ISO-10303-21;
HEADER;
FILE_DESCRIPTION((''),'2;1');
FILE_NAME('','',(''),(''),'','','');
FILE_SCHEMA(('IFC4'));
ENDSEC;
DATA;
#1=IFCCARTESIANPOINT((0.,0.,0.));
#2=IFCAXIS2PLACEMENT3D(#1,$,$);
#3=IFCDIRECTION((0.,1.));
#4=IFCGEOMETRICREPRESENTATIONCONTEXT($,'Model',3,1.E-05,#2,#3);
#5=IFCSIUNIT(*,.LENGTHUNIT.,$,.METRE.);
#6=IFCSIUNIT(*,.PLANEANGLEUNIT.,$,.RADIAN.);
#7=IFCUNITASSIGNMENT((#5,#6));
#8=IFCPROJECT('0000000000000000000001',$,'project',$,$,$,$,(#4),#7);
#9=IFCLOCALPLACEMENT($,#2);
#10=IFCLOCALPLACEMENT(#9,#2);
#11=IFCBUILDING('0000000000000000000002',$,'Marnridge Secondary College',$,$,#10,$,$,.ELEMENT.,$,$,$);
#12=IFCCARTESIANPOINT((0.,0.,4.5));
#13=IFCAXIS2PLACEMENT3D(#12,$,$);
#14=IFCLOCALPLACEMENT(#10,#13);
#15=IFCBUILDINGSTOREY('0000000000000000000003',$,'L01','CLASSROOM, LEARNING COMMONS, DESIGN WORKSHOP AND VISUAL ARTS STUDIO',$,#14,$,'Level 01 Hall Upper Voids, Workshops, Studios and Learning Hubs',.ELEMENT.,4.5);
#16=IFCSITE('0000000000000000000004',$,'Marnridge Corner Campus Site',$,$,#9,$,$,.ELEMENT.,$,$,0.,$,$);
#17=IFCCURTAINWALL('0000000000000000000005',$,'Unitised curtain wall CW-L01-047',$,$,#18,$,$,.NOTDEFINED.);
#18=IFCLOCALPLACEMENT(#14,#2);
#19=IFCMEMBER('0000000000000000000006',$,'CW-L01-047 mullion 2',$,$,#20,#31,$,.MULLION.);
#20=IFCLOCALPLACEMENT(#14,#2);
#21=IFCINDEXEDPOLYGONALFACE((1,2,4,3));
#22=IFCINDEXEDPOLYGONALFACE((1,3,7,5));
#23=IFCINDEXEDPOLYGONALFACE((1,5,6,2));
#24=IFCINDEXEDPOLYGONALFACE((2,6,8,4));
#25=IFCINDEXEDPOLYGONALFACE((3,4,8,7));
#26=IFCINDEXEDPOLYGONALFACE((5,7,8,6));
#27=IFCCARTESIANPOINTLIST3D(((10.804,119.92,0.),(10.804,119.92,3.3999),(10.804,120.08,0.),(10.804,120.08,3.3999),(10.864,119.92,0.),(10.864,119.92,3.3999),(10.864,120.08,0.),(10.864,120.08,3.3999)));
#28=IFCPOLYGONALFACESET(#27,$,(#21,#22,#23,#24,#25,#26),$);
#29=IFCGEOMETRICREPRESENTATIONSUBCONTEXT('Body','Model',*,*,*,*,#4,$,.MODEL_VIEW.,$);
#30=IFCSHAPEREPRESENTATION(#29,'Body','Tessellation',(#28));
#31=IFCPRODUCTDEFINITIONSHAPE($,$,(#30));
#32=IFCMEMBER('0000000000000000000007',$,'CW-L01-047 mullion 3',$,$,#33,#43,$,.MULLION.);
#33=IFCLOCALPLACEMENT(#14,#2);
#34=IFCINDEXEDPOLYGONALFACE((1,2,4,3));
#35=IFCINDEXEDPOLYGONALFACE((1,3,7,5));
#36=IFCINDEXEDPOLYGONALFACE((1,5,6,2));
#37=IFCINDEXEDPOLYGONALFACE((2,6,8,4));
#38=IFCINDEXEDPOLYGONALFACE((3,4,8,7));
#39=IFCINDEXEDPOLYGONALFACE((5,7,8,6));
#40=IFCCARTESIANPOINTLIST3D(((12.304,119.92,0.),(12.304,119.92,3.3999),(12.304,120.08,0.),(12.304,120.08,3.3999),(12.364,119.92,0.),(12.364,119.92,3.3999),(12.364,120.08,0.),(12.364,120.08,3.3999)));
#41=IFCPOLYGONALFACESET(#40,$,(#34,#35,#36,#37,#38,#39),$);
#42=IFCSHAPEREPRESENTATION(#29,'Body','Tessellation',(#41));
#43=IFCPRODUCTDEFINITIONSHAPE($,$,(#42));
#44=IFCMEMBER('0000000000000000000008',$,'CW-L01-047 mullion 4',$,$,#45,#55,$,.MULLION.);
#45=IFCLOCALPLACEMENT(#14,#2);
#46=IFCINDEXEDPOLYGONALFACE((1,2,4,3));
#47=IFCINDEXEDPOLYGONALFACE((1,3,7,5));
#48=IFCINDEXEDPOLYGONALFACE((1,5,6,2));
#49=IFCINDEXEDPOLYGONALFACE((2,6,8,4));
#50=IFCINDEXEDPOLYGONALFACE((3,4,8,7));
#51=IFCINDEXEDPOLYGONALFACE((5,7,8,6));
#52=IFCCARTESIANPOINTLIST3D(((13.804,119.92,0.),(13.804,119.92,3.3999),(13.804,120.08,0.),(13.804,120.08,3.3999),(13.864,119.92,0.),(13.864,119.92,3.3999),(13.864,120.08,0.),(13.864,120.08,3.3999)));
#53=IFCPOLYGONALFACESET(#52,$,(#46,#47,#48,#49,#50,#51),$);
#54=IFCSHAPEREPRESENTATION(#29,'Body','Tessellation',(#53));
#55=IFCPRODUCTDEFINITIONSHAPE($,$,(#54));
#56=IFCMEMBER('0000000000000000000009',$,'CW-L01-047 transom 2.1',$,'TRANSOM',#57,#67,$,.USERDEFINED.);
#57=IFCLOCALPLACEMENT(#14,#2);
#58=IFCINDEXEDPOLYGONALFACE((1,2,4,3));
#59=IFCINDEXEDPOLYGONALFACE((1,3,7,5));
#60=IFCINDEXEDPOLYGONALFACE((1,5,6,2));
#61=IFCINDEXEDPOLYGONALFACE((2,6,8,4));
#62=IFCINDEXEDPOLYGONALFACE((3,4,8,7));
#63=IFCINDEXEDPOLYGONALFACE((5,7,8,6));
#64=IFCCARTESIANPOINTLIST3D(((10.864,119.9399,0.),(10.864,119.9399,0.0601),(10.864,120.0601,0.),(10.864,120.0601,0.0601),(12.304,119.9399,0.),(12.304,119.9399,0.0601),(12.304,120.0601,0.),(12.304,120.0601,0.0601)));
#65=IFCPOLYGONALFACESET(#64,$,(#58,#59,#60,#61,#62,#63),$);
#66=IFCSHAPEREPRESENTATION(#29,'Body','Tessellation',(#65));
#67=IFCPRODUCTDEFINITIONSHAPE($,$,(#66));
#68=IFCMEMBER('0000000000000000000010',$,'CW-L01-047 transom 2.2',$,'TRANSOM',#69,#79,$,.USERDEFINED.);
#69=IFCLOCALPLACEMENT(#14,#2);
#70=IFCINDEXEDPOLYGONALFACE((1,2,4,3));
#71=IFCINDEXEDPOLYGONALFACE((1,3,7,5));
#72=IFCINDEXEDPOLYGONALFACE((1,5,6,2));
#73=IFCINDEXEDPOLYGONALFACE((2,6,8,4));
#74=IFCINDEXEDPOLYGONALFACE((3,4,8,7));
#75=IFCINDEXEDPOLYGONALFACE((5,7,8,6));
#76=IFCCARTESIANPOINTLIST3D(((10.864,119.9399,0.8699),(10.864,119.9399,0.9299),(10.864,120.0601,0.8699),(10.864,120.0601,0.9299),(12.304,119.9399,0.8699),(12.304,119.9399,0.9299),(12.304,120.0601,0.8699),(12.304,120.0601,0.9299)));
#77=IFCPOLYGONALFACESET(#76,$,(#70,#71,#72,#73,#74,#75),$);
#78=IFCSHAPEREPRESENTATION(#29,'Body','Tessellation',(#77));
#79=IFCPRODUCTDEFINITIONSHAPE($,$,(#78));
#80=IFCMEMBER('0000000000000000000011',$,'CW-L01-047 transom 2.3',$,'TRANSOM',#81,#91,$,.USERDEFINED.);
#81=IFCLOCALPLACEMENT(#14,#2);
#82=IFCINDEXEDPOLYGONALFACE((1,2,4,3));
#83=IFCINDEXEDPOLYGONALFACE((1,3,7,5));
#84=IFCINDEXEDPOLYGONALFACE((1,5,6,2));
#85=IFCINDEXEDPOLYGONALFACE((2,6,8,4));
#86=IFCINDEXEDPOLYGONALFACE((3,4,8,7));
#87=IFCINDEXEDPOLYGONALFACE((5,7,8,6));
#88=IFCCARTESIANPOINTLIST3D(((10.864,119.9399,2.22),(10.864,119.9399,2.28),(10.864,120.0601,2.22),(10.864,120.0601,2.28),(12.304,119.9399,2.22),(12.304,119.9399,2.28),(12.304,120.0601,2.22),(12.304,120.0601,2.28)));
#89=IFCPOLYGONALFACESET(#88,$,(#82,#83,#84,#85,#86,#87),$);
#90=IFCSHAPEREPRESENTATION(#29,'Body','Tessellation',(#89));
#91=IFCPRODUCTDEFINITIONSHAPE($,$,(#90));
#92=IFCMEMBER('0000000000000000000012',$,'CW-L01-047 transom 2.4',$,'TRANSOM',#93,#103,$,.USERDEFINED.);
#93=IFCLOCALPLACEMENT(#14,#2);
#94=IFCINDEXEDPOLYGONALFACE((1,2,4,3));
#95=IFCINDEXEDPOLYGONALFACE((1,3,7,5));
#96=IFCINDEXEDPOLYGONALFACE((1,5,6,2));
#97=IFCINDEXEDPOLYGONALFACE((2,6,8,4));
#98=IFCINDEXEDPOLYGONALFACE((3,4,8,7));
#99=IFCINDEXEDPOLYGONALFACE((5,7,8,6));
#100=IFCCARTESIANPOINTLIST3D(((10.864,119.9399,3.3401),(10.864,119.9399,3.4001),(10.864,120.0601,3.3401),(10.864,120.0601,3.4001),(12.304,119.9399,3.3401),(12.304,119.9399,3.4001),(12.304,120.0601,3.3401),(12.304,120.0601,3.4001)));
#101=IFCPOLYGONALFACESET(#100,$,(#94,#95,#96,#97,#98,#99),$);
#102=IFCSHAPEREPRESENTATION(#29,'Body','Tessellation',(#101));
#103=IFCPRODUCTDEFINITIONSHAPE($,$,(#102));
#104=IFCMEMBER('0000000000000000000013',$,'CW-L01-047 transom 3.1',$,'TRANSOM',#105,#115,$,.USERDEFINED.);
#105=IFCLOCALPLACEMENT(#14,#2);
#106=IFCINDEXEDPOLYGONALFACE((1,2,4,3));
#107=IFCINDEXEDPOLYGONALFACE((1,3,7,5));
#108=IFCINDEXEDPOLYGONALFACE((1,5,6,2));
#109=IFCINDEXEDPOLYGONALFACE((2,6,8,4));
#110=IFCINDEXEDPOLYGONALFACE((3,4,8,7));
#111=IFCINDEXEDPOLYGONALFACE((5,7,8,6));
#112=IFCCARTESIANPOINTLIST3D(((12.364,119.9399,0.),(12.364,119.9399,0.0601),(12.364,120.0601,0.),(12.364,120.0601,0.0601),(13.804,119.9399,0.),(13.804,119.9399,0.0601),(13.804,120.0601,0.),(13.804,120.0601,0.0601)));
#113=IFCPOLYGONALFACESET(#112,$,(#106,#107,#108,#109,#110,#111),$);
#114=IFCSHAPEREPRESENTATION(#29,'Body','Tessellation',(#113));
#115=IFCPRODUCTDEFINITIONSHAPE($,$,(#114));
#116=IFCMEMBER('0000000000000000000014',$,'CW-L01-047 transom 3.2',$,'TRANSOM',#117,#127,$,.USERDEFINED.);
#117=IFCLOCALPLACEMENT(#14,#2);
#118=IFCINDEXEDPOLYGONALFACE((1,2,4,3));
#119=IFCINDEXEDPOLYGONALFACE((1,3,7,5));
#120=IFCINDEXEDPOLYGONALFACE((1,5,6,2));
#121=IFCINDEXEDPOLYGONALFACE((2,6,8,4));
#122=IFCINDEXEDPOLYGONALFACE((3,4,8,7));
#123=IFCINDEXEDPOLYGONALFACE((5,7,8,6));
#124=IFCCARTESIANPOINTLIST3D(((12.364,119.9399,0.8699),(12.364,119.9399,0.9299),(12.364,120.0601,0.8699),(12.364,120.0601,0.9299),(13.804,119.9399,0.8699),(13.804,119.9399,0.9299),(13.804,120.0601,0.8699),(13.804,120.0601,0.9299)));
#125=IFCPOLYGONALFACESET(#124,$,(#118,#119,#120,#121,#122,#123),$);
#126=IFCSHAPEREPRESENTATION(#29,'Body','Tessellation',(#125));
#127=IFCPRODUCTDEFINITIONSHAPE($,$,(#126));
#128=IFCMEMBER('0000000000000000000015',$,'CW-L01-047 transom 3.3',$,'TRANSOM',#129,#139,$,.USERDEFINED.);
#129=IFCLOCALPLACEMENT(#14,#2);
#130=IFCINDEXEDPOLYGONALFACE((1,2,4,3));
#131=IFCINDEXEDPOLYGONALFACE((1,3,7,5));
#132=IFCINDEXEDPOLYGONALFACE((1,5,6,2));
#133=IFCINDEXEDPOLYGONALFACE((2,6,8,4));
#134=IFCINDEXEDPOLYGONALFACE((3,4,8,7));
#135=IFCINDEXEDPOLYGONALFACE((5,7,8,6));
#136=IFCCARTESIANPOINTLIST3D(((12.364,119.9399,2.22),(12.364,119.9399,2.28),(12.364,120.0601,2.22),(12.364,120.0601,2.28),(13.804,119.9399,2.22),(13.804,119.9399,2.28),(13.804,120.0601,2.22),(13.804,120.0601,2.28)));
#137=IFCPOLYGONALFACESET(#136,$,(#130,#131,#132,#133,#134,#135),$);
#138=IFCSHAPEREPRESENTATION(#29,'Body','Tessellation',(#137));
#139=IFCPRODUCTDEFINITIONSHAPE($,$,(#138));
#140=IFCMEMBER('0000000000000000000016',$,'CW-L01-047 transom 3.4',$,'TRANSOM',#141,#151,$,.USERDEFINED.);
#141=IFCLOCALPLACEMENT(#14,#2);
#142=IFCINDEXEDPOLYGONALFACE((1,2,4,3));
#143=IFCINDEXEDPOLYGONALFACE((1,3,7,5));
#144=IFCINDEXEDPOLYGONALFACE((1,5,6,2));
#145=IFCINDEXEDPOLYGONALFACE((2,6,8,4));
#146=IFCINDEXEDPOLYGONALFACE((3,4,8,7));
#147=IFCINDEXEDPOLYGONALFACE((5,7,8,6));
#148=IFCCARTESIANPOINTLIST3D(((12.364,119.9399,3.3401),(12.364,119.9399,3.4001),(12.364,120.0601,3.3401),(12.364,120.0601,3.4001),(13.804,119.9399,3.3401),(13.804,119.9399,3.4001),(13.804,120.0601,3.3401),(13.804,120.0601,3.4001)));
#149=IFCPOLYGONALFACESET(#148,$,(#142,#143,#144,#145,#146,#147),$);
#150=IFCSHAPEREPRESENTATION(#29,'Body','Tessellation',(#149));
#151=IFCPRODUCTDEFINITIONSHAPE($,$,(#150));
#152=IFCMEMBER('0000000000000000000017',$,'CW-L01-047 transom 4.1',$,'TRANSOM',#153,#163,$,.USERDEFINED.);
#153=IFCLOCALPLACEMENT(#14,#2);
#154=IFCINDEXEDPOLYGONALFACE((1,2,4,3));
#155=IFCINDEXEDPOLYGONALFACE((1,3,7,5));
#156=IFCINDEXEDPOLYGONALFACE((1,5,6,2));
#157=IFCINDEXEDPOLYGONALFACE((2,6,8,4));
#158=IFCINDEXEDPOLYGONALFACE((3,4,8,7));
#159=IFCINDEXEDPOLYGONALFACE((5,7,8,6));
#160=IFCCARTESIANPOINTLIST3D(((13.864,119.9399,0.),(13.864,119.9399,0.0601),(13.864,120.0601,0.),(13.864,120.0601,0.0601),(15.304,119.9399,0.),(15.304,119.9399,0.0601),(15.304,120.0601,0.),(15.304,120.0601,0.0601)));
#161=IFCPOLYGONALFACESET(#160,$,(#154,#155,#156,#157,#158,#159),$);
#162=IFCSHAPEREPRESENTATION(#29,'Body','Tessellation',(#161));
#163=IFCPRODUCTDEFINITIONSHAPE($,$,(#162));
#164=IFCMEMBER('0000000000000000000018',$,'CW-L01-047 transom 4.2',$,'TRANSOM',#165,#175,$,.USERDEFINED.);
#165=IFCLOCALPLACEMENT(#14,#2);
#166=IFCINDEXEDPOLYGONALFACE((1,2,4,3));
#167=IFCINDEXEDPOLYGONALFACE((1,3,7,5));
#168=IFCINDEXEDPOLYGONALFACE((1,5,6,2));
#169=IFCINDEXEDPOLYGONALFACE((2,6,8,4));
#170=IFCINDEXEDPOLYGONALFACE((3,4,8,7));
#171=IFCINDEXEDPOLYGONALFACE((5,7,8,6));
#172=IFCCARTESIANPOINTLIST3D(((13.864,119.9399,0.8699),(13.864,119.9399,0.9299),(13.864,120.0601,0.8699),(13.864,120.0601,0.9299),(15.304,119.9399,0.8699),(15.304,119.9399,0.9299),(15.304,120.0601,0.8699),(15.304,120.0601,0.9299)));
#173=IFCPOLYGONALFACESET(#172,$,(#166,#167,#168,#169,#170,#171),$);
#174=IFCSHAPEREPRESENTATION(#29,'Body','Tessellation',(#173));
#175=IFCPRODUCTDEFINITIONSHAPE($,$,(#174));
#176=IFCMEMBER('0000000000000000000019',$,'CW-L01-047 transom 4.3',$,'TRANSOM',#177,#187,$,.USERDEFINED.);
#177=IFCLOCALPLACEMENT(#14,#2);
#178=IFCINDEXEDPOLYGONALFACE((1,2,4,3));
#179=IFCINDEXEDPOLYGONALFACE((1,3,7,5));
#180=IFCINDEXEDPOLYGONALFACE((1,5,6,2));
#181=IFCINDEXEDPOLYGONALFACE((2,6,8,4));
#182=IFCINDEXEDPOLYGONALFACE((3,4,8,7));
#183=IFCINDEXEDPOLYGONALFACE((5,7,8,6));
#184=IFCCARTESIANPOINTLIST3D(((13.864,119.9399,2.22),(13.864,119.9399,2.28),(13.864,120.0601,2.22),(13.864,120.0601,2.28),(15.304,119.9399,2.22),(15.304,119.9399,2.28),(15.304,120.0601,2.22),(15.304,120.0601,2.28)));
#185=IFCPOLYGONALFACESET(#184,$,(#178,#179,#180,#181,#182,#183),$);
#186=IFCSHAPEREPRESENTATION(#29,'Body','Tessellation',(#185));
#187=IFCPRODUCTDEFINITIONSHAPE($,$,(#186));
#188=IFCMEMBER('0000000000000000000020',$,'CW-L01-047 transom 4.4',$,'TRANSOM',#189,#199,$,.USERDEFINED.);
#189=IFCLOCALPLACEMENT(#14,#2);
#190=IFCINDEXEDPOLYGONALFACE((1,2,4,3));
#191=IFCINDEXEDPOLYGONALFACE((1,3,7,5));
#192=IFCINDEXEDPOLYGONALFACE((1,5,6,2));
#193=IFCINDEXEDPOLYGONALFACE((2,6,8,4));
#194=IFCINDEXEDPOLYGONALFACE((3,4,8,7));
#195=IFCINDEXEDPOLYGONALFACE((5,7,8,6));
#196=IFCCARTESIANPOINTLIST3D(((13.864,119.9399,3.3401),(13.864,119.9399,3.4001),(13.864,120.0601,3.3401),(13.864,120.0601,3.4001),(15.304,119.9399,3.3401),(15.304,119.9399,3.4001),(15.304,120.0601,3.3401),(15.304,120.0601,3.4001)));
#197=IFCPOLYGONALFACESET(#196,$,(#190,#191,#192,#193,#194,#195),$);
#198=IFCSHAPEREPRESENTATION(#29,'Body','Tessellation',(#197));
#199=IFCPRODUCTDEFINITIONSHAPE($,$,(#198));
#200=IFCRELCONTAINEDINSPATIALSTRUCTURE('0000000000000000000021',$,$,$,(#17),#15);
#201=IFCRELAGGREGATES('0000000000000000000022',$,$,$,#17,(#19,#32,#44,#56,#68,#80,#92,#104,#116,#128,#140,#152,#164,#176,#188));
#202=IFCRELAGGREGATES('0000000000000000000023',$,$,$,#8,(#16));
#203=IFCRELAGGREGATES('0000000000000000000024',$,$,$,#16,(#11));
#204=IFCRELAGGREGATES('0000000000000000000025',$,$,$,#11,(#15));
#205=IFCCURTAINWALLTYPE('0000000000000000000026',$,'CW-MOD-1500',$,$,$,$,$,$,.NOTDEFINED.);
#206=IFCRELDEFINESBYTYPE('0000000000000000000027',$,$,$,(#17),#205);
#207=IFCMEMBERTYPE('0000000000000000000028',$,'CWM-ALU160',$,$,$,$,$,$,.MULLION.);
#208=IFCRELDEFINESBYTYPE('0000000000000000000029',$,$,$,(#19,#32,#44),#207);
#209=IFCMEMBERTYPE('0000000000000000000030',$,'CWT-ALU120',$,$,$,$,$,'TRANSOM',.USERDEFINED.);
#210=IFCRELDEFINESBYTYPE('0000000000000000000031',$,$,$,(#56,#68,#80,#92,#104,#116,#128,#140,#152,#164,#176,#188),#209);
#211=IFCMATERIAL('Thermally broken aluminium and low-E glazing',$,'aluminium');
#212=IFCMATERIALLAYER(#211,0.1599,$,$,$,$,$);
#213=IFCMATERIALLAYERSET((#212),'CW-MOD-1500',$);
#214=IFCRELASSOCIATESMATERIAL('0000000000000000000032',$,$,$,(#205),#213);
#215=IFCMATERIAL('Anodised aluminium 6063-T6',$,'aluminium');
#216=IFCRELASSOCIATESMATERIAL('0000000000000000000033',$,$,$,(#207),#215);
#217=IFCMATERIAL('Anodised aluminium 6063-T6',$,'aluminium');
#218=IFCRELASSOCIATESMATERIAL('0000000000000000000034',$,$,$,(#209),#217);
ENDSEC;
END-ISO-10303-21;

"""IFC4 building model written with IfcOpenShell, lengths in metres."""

from ifc_helpers import new_model, si_unit, direction, frame, origin, origin_2d, place, context, subcontext, project, spatial, rectangle, extrude, material, layer, layer_set, material_profile, profile_set, type_object, element, aggregate, save


model = new_model("IFC4")

# Units and contexts
model_context = context("Model", 3, precision=1e-05, world=origin(), true_north=direction((0.0, 1.0)))
body_context = subcontext(model_context, "Body", "Model", "MODEL_VIEW")
ifc_project = project(units=[si_unit("LENGTHUNIT", "METRE"), si_unit("PLANEANGLEUNIT", "RADIAN")], contexts=[model_context])

# Site, building, storey
site_placement = place(None, origin())
site = spatial("IfcSite", under=ifc_project, at=site_placement, Name="Marnridge Corner Campus Site", CompositionType="ELEMENT", RefElevation=0.0)
building_placement = place(site_placement, origin())
building = spatial("IfcBuilding", under=site, at=building_placement, Name="Marnridge Secondary College", CompositionType="ELEMENT")
storey_placement = place(building_placement, frame((0.0, 0.0, 4.5)))
storey = spatial("IfcBuildingStorey", under=building, at=storey_placement, Name="L01", Description="CLASSROOM, LEARNING COMMONS, DESIGN WORKSHOP AND VISUAL ARTS STUDIO", LongName="Level 01 Hall Upper Voids, Workshops, Studios and Learning Hubs", CompositionType="ELEMENT", Elevation=4.5)

# Curtain wall, members
ifc_material_1 = material(Name="Thermally broken aluminium and low-E glazing", Category="aluminium")
ifc_layer_1 = layer(ifc_material_1, 0.1599)
ifc_layer_set_1 = layer_set([ifc_layer_1], Name="CW-MOD-1500")
curtain_wall_type = type_object("IfcCurtainWallType", Name="CW-MOD-1500", PredefinedType="NOTDEFINED", material=ifc_layer_set_1)
curtain_wall_placement = place(storey_placement, origin())
curtain_wall = element("IfcCurtainWall", 1, at=curtain_wall_placement, inside=storey, type_object=curtain_wall_type, Name="Unitised curtain wall CW-L01-047", PredefinedType="NOTDEFINED")
ifc_material_2 = material(Name="Anodised aluminium 6063-T6", Category="aluminium")
ifc_material_profile_1 = material_profile(ifc_material_2, rectangle(XDim=0.0601, YDim=0.1599, at=origin_2d()), Name="ALU 60x160")
ifc_profile_set_1 = profile_set([ifc_material_profile_1], Name="Anodised aluminium 6063-T6")
member_type_1 = type_object("IfcMemberType", Name="CWM-ALU160", PredefinedType="MULLION", material=ifc_profile_set_1)
member_1_placement = place(storey_placement, frame((10.834, 120.0, 0.0), z_axis=(0.0, 0.0, 1.0), x_axis=(1.0, 0.0, 0.0)))
member_1 = element("IfcMember", 2, at=member_1_placement, type_object=member_type_1, Name="CW-L01-047 mullion 2", PredefinedType="MULLION", context=body_context, shape_type="SweptSolid", body=[
    extrude(rectangle(XDim=0.0601, YDim=0.1599, at=origin_2d()), origin(), (0.0, 0.0, 1.0), 3.3999),
])
member_2_placement = place(storey_placement, frame((12.334, 120.0, 0.0), z_axis=(0.0, 0.0, 1.0), x_axis=(1.0, 0.0, 0.0)))
member_2 = element("IfcMember", 3, at=member_2_placement, type_object=member_type_1, Name="CW-L01-047 mullion 3", PredefinedType="MULLION", context=body_context, shape_type="SweptSolid", body=[
    extrude(rectangle(XDim=0.0601, YDim=0.1599, at=origin_2d()), origin(), (0.0, 0.0, 1.0), 3.3999),
])
member_3_placement = place(storey_placement, frame((13.834, 120.0, 0.0), z_axis=(0.0, 0.0, 1.0), x_axis=(1.0, 0.0, 0.0)))
member_3 = element("IfcMember", 4, at=member_3_placement, type_object=member_type_1, Name="CW-L01-047 mullion 4", PredefinedType="MULLION", context=body_context, shape_type="SweptSolid", body=[
    extrude(rectangle(XDim=0.0601, YDim=0.1599, at=origin_2d()), origin(), (0.0, 0.0, 1.0), 3.3999),
])
ifc_material_3 = material(Name="Anodised aluminium 6063-T6", Category="aluminium")
ifc_material_profile_2 = material_profile(ifc_material_3, rectangle(XDim=0.0601, YDim=0.1201, at=origin_2d()), Name="ALU 60x120")
ifc_profile_set_2 = profile_set([ifc_material_profile_2], Name="Anodised aluminium 6063-T6")
member_type_2 = type_object("IfcMemberType", Name="CWT-ALU120", ElementType="TRANSOM", PredefinedType="USERDEFINED", material=ifc_profile_set_2)
member_4_placement = place(storey_placement, frame((10.864, 120.0, 0.03), z_axis=(1.0, 0.0, 0.0), x_axis=(0.0, 0.0, 1.0)))
member_4 = element("IfcMember", 5, at=member_4_placement, type_object=member_type_2, Name="CW-L01-047 transom 2.1", ObjectType="TRANSOM", PredefinedType="USERDEFINED", context=body_context, shape_type="SweptSolid", body=[
    extrude(rectangle(XDim=0.0601, YDim=0.1201, at=origin_2d()), origin(), (0.0, 0.0, 1.0), 1.4399),
])
member_5_placement = place(storey_placement, frame((10.864, 120.0, 0.8999), z_axis=(1.0, 0.0, 0.0), x_axis=(0.0, 0.0, 1.0)))
member_5 = element("IfcMember", 6, at=member_5_placement, type_object=member_type_2, Name="CW-L01-047 transom 2.2", ObjectType="TRANSOM", PredefinedType="USERDEFINED", context=body_context, shape_type="SweptSolid", body=[
    extrude(rectangle(XDim=0.0601, YDim=0.1201, at=origin_2d()), origin(), (0.0, 0.0, 1.0), 1.4399),
])
member_6_placement = place(storey_placement, frame((10.864, 120.0, 2.25), z_axis=(1.0, 0.0, 0.0), x_axis=(0.0, 0.0, 1.0)))
member_6 = element("IfcMember", 7, at=member_6_placement, type_object=member_type_2, Name="CW-L01-047 transom 2.3", ObjectType="TRANSOM", PredefinedType="USERDEFINED", context=body_context, shape_type="SweptSolid", body=[
    extrude(rectangle(XDim=0.0601, YDim=0.1201, at=origin_2d()), origin(), (0.0, 0.0, 1.0), 1.4399),
])
member_7_placement = place(storey_placement, frame((10.864, 120.0, 3.3701), z_axis=(1.0, 0.0, 0.0), x_axis=(0.0, 0.0, 1.0)))
member_7 = element("IfcMember", 8, at=member_7_placement, type_object=member_type_2, Name="CW-L01-047 transom 2.4", ObjectType="TRANSOM", PredefinedType="USERDEFINED", context=body_context, shape_type="SweptSolid", body=[
    extrude(rectangle(XDim=0.0601, YDim=0.1201, at=origin_2d()), origin(), (0.0, 0.0, 1.0), 1.4399),
])
member_8_placement = place(storey_placement, frame((12.364, 120.0, 0.03), z_axis=(1.0, 0.0, 0.0), x_axis=(0.0, 0.0, 1.0)))
member_8 = element("IfcMember", 9, at=member_8_placement, type_object=member_type_2, Name="CW-L01-047 transom 3.1", ObjectType="TRANSOM", PredefinedType="USERDEFINED", context=body_context, shape_type="SweptSolid", body=[
    extrude(rectangle(XDim=0.0601, YDim=0.1201, at=origin_2d()), origin(), (0.0, 0.0, 1.0), 1.4399),
])
member_9_placement = place(storey_placement, frame((12.364, 120.0, 0.8999), z_axis=(1.0, 0.0, 0.0), x_axis=(0.0, 0.0, 1.0)))
member_9 = element("IfcMember", 10, at=member_9_placement, type_object=member_type_2, Name="CW-L01-047 transom 3.2", ObjectType="TRANSOM", PredefinedType="USERDEFINED", context=body_context, shape_type="SweptSolid", body=[
    extrude(rectangle(XDim=0.0601, YDim=0.1201, at=origin_2d()), origin(), (0.0, 0.0, 1.0), 1.4399),
])
member_10_placement = place(storey_placement, frame((12.364, 120.0, 2.25), z_axis=(1.0, 0.0, 0.0), x_axis=(0.0, 0.0, 1.0)))
member_10 = element("IfcMember", 11, at=member_10_placement, type_object=member_type_2, Name="CW-L01-047 transom 3.3", ObjectType="TRANSOM", PredefinedType="USERDEFINED", context=body_context, shape_type="SweptSolid", body=[
    extrude(rectangle(XDim=0.0601, YDim=0.1201, at=origin_2d()), origin(), (0.0, 0.0, 1.0), 1.4399),
])
member_11_placement = place(storey_placement, frame((12.364, 120.0, 3.3701), z_axis=(1.0, 0.0, 0.0), x_axis=(0.0, 0.0, 1.0)))
member_11 = element("IfcMember", 12, at=member_11_placement, type_object=member_type_2, Name="CW-L01-047 transom 3.4", ObjectType="TRANSOM", PredefinedType="USERDEFINED", context=body_context, shape_type="SweptSolid", body=[
    extrude(rectangle(XDim=0.0601, YDim=0.1201, at=origin_2d()), origin(), (0.0, 0.0, 1.0), 1.4399),
])
member_12_placement = place(storey_placement, frame((13.864, 120.0, 0.03), z_axis=(1.0, 0.0, 0.0), x_axis=(0.0, 0.0, 1.0)))
member_12 = element("IfcMember", 13, at=member_12_placement, type_object=member_type_2, Name="CW-L01-047 transom 4.1", ObjectType="TRANSOM", PredefinedType="USERDEFINED", context=body_context, shape_type="SweptSolid", body=[
    extrude(rectangle(XDim=0.0601, YDim=0.1201, at=origin_2d()), origin(), (0.0, 0.0, 1.0), 1.4399),
])
member_13_placement = place(storey_placement, frame((13.864, 120.0, 0.8999), z_axis=(1.0, 0.0, 0.0), x_axis=(0.0, 0.0, 1.0)))
member_13 = element("IfcMember", 14, at=member_13_placement, type_object=member_type_2, Name="CW-L01-047 transom 4.2", ObjectType="TRANSOM", PredefinedType="USERDEFINED", context=body_context, shape_type="SweptSolid", body=[
    extrude(rectangle(XDim=0.0601, YDim=0.1201, at=origin_2d()), origin(), (0.0, 0.0, 1.0), 1.4399),
])
member_14_placement = place(storey_placement, frame((13.864, 120.0, 2.25), z_axis=(1.0, 0.0, 0.0), x_axis=(0.0, 0.0, 1.0)))
member_14 = element("IfcMember", 15, at=member_14_placement, type_object=member_type_2, Name="CW-L01-047 transom 4.3", ObjectType="TRANSOM", PredefinedType="USERDEFINED", context=body_context, shape_type="SweptSolid", body=[
    extrude(rectangle(XDim=0.0601, YDim=0.1201, at=origin_2d()), origin(), (0.0, 0.0, 1.0), 1.4399),
])
member_15_placement = place(storey_placement, frame((13.864, 120.0, 3.3701), z_axis=(1.0, 0.0, 0.0), x_axis=(0.0, 0.0, 1.0)))
member_15 = element("IfcMember", 16, at=member_15_placement, type_object=member_type_2, Name="CW-L01-047 transom 4.4", ObjectType="TRANSOM", PredefinedType="USERDEFINED", context=body_context, shape_type="SweptSolid", body=[
    extrude(rectangle(XDim=0.0601, YDim=0.1201, at=origin_2d()), origin(), (0.0, 0.0, 1.0), 1.4399),
])
aggregate(curtain_wall, [member_1, member_2, member_3, member_4, member_5, member_6, member_7, member_8, member_9, member_10, member_11, member_12, member_13, member_14, member_15])

save(model, "model.ifc")
